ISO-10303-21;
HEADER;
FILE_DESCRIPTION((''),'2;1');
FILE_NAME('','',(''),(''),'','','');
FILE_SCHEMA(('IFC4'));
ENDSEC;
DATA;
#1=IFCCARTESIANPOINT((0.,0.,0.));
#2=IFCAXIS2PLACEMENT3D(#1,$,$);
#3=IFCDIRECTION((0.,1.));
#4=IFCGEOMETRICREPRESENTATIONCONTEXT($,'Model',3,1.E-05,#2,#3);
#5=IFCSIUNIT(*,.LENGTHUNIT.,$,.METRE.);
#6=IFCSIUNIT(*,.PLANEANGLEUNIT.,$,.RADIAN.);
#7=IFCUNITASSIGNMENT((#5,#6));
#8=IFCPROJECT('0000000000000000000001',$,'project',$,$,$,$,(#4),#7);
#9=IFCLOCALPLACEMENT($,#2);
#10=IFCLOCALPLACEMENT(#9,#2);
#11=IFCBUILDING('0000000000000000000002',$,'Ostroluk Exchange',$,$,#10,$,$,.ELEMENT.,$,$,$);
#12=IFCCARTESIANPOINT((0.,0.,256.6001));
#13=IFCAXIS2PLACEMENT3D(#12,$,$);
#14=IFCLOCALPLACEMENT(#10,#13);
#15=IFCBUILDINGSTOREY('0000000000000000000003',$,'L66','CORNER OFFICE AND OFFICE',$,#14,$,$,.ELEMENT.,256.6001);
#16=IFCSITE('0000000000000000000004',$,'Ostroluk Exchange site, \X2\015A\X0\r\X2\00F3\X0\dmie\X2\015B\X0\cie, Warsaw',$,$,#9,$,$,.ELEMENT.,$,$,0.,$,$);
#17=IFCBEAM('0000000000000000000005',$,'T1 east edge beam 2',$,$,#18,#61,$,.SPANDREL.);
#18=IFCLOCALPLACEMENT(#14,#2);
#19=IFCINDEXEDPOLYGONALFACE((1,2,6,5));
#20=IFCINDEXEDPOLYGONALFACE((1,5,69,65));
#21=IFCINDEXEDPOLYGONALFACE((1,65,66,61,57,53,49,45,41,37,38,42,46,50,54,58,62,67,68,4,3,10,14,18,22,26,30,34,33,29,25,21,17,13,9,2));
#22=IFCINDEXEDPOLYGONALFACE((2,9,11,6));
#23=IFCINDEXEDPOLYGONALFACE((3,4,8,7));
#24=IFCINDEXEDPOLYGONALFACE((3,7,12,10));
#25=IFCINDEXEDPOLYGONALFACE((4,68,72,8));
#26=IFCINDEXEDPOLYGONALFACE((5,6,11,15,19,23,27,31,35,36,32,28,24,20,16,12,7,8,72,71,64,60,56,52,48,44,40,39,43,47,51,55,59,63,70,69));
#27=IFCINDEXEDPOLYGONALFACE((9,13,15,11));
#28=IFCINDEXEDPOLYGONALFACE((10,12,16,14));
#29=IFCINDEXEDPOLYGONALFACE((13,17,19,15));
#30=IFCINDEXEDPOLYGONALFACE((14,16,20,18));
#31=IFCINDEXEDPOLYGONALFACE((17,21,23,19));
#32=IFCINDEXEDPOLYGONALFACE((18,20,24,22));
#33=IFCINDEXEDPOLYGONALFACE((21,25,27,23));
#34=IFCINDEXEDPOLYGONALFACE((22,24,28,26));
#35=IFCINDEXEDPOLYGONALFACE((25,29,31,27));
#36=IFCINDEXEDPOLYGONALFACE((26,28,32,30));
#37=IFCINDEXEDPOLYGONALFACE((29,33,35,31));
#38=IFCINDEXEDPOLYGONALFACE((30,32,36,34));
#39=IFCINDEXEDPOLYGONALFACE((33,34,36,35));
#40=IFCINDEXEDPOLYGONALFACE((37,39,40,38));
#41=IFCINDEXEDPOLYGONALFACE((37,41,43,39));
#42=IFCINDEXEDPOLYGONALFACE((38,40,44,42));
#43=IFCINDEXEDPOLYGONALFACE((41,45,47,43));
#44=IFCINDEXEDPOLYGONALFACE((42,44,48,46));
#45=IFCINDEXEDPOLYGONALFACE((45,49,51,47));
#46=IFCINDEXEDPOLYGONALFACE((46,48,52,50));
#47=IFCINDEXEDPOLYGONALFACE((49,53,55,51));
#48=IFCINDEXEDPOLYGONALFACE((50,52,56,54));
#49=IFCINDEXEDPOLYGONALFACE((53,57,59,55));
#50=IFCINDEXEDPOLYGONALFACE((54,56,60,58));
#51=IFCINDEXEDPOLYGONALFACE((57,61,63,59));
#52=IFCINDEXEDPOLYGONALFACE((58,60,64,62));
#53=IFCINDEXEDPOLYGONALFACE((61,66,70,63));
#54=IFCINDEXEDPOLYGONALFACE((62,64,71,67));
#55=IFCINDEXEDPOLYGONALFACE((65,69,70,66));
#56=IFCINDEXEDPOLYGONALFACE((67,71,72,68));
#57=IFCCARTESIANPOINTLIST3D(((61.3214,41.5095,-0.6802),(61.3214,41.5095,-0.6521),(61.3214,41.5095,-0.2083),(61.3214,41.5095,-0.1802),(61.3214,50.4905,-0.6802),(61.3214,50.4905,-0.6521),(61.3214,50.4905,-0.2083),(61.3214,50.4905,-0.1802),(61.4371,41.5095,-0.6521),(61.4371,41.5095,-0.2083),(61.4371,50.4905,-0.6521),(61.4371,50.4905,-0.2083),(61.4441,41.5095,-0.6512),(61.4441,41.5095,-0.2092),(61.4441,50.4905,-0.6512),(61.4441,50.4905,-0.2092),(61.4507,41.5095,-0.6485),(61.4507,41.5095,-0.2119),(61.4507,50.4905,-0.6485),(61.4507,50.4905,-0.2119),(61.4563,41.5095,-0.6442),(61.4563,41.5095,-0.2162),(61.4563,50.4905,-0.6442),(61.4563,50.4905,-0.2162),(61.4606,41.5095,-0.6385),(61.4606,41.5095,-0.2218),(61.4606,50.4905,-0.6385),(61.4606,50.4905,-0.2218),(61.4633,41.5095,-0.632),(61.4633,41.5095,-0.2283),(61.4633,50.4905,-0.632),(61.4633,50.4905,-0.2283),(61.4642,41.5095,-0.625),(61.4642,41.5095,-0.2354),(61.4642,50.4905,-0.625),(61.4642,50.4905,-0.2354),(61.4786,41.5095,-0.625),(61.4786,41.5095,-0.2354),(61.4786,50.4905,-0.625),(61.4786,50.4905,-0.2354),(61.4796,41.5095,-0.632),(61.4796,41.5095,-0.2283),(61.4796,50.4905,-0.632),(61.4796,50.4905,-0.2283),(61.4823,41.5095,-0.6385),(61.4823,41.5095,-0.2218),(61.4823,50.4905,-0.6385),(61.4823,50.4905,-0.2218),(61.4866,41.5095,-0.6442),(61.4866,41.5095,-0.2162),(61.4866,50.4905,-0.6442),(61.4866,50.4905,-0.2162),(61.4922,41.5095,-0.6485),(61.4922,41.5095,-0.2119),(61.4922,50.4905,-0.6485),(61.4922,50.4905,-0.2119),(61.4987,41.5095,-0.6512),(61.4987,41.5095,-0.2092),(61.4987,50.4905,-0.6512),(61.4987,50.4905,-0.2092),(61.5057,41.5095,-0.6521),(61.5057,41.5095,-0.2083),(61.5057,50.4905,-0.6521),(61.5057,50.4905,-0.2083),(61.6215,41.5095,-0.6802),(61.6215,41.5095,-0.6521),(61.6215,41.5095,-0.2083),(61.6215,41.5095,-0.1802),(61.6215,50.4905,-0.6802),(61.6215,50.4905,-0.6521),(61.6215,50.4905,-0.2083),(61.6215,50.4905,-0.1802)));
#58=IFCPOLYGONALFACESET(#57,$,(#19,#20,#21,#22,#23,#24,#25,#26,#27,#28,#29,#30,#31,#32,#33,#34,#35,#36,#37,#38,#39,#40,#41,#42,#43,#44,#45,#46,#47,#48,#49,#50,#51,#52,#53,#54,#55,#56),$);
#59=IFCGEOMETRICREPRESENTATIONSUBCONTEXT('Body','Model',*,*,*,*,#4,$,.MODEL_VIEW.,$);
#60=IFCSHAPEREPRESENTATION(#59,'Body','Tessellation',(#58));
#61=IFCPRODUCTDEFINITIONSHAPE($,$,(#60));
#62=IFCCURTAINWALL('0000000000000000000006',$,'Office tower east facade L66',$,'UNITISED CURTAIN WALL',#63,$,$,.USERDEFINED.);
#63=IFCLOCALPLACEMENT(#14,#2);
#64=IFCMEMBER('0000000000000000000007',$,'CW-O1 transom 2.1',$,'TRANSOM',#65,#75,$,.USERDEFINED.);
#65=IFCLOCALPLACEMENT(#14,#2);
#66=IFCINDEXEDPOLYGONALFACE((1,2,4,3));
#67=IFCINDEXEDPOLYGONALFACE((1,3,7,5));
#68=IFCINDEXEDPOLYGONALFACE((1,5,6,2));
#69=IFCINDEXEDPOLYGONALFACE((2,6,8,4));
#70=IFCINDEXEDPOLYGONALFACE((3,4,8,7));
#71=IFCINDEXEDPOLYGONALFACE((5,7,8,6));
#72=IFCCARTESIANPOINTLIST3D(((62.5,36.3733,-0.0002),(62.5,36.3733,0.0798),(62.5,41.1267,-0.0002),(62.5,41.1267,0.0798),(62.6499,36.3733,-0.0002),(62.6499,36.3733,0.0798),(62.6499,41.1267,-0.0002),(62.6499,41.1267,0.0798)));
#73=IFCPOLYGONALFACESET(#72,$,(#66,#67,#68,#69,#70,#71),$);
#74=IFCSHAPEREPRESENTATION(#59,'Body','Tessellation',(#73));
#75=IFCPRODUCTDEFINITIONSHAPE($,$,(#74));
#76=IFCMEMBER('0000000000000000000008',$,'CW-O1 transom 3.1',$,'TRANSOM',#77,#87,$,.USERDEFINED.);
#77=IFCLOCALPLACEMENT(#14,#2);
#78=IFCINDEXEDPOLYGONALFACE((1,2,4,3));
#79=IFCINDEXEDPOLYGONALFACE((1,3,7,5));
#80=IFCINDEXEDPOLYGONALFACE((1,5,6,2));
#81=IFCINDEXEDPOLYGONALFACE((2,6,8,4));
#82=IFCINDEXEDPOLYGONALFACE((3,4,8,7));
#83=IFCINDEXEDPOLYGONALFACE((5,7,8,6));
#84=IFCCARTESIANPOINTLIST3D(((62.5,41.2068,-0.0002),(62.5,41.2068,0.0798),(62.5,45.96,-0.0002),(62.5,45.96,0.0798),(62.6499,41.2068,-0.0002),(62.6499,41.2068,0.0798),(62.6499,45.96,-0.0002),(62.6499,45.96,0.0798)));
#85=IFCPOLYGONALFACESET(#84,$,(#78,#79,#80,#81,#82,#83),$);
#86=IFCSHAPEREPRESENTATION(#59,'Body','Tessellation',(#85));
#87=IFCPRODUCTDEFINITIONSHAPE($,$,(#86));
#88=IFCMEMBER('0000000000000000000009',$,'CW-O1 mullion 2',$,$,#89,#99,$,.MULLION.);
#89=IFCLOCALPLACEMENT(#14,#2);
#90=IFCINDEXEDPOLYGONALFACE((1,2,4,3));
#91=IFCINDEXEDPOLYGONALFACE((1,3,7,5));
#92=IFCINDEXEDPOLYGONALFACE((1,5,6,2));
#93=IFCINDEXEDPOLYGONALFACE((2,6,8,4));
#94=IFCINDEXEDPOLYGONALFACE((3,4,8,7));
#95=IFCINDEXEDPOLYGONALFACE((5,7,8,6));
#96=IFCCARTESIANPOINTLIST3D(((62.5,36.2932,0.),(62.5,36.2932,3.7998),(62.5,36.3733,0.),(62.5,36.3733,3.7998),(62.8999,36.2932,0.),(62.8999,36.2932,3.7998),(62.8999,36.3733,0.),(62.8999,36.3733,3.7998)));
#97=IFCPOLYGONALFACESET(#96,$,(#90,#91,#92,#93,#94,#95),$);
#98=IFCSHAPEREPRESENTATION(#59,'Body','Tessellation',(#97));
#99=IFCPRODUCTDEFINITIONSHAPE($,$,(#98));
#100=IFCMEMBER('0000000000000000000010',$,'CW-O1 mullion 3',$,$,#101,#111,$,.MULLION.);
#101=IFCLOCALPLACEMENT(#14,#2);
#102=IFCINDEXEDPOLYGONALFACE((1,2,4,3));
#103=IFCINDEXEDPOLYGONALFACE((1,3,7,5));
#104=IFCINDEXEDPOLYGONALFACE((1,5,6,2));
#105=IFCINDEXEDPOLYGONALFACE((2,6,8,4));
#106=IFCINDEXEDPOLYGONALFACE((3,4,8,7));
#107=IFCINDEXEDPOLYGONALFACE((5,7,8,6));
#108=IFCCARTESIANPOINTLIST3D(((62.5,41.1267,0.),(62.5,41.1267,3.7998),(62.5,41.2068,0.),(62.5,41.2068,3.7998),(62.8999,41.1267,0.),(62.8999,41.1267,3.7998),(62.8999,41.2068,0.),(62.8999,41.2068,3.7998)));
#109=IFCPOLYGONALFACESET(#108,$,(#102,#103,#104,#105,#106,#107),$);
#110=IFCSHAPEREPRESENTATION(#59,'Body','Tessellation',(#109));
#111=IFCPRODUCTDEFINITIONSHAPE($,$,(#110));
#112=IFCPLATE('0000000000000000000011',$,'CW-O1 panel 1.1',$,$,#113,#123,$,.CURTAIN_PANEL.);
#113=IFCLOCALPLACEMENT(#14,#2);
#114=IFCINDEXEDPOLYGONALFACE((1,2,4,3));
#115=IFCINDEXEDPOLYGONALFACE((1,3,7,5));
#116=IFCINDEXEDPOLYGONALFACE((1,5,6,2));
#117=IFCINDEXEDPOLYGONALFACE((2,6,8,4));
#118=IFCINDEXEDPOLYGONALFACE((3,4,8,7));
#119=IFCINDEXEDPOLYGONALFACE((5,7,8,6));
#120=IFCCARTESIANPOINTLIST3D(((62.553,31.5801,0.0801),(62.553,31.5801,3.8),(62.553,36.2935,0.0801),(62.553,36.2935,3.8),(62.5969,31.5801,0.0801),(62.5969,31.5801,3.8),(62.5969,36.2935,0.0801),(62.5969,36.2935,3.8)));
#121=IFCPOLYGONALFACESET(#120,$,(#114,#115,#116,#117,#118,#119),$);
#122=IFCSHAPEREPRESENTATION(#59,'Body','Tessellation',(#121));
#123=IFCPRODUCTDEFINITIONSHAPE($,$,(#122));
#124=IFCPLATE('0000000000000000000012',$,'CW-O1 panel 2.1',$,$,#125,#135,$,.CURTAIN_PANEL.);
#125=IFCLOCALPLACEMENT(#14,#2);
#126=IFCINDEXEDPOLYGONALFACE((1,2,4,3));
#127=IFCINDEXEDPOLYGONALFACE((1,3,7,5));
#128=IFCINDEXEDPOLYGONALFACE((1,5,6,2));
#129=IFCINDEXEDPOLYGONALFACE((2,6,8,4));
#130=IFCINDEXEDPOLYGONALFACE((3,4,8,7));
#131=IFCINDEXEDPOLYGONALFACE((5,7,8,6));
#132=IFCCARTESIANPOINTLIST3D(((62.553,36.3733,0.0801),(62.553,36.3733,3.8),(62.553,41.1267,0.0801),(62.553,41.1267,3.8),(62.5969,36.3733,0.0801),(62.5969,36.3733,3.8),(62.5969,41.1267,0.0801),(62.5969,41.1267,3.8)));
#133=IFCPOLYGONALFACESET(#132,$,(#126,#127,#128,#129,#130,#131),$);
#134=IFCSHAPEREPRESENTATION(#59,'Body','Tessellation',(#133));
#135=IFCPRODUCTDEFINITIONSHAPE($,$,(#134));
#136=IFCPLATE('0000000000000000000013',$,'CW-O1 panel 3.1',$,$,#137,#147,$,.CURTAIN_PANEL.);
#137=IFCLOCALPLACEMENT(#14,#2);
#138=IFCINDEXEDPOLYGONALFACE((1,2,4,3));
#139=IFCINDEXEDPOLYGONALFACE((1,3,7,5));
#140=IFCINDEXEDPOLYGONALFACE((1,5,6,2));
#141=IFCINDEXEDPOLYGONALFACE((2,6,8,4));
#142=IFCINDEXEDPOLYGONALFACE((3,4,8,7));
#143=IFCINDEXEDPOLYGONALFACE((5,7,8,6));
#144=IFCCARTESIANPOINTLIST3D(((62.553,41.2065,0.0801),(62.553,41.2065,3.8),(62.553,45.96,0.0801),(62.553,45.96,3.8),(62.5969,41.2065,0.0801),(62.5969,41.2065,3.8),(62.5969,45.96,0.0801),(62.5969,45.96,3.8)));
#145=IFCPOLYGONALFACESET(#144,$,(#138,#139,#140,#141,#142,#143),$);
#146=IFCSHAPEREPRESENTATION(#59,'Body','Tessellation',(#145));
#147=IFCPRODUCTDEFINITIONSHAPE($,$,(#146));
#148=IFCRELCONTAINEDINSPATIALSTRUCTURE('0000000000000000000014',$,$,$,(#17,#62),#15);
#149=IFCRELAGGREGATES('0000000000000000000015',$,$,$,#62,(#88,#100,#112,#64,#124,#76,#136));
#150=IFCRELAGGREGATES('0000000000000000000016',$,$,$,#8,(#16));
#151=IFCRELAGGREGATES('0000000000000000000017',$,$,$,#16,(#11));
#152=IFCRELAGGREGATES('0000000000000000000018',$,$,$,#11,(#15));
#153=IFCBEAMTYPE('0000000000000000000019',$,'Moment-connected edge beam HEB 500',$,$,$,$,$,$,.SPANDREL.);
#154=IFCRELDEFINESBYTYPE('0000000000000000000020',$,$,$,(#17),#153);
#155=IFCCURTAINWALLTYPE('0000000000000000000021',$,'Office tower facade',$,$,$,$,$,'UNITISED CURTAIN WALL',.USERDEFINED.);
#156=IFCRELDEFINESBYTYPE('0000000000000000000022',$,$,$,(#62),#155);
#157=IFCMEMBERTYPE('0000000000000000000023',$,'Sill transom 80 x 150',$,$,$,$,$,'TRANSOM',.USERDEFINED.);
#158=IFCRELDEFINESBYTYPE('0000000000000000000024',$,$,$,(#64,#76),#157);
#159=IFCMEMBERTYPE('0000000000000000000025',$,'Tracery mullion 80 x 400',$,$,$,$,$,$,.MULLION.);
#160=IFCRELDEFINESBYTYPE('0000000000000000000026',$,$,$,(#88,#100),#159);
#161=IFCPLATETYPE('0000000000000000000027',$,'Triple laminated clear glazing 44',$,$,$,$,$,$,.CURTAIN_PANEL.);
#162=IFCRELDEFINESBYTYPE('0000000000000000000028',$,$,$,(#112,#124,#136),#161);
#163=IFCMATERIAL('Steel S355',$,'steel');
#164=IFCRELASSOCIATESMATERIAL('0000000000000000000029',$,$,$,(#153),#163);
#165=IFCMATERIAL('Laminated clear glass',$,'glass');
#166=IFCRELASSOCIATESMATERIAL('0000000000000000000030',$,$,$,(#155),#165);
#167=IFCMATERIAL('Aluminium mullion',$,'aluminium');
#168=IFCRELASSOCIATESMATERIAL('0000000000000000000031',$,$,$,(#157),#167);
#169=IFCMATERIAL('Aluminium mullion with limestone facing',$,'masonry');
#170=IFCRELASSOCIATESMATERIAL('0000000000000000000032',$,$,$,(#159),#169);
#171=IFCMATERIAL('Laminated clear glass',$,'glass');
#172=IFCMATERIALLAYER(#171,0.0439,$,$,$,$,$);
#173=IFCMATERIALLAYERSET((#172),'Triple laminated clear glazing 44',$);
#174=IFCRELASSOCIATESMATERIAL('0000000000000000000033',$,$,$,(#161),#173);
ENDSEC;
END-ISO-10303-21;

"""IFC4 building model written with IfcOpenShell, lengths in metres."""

from ifc_helpers import new_model, si_unit, direction, frame, origin, origin_2d, place, context, subcontext, project, spatial, rectangle, i_section, extrude, material, layer, layer_set, material_profile, profile_set, type_object, element, aggregate, save


model = new_model("IFC4")

# Units and contexts
model_context = context("Model", 3, precision=1e-05, world=origin(), true_north=direction((0.0, 1.0)))
body_context = subcontext(model_context, "Body", "Model", "MODEL_VIEW")
ifc_project = project(units=[si_unit("LENGTHUNIT", "METRE"), si_unit("PLANEANGLEUNIT", "RADIAN")], contexts=[model_context])

# Site, building, storey
site_placement = place(None, origin())
site = spatial("IfcSite", under=ifc_project, at=site_placement, Name="Ostroluk Exchange site, Śródmieście, Warsaw", CompositionType="ELEMENT", RefElevation=0.0)
building_placement = place(site_placement, origin())
building = spatial("IfcBuilding", under=site, at=building_placement, Name="Ostroluk Exchange", CompositionType="ELEMENT")
storey_placement = place(building_placement, frame((0.0, 0.0, 256.6001)))
storey = spatial("IfcBuildingStorey", under=building, at=storey_placement, Name="L66", Description="CORNER OFFICE AND OFFICE", CompositionType="ELEMENT", Elevation=256.6001)

# Beam
ifc_material_1 = material(Name="Steel S355", Category="steel")
ifc_material_profile_1 = material_profile(ifc_material_1, i_section(OverallWidth=0.3, OverallDepth=0.5, WebThickness=0.0144, FlangeThickness=0.0281, FilletRadius=0.0271, at=origin_2d()), Name="HEB 500")
ifc_profile_set_1 = profile_set([ifc_material_profile_1], Name="Steel S355")
beam_type_1 = type_object("IfcBeamType", Name="Moment-connected edge beam HEB 500", PredefinedType="SPANDREL", material=ifc_profile_set_1)
beam_1_placement = place(storey_placement, frame((61.4714, 41.5095, -0.4302), z_axis=(0.0, 1.0, 0.0), x_axis=(-1.0, 0.0, 0.0)))
element("IfcBeam", 1, at=beam_1_placement, inside=storey, type_object=beam_type_1, Name="T1 east edge beam 2", PredefinedType="SPANDREL", context=body_context, shape_type="SweptSolid", body=[
    extrude(i_section(OverallWidth=0.3, OverallDepth=0.5, WebThickness=0.0144, FlangeThickness=0.0281, FilletRadius=0.0271, at=origin_2d()), origin(), (0.0, 0.0, 1.0), 8.981),
])

# Curtain wall, members, plates
ifc_material_2 = material(Name="Laminated clear glass", Category="glass")
curtain_wall_type = type_object("IfcCurtainWallType", Name="Office tower facade", ElementType="UNITISED CURTAIN WALL", PredefinedType="USERDEFINED", material=ifc_material_2)
curtain_wall_placement = place(storey_placement, origin())
curtain_wall = element("IfcCurtainWall", 2, at=curtain_wall_placement, inside=storey, type_object=curtain_wall_type, Name="Office tower east facade L66", ObjectType="UNITISED CURTAIN WALL", PredefinedType="USERDEFINED")
ifc_material_3 = material(Name="Aluminium mullion", Category="aluminium")
ifc_material_profile_2 = material_profile(ifc_material_3, rectangle(XDim=0.1499, YDim=0.0801, at=origin_2d()), Name="Sill transom 80 x 150")
ifc_profile_set_2 = profile_set([ifc_material_profile_2], Name="Aluminium mullion")
member_type_1 = type_object("IfcMemberType", Name="Sill transom 80 x 150", ElementType="TRANSOM", PredefinedType="USERDEFINED", material=ifc_profile_set_2)
member_1_placement = place(storey_placement, frame((62.575, 36.3733, 0.0398), z_axis=(0.0, 1.0, 0.0), x_axis=(-1.0, 0.0, 0.0)))
member_1 = element("IfcMember", 3, at=member_1_placement, type_object=member_type_1, Name="CW-O1 transom 2.1", ObjectType="TRANSOM", PredefinedType="USERDEFINED", context=body_context, shape_type="SweptSolid", body=[
    extrude(rectangle(XDim=0.1499, YDim=0.0801, at=origin_2d()), origin(), (0.0, 0.0, 1.0), 4.7534),
])
member_2_placement = place(storey_placement, frame((62.575, 41.2068, 0.0398), z_axis=(0.0, 1.0, 0.0), x_axis=(-1.0, 0.0, 0.0)))
member_2 = element("IfcMember", 4, at=member_2_placement, type_object=member_type_1, Name="CW-O1 transom 3.1", ObjectType="TRANSOM", PredefinedType="USERDEFINED", context=body_context, shape_type="SweptSolid", body=[
    extrude(rectangle(XDim=0.1499, YDim=0.0801, at=origin_2d()), origin(), (0.0, 0.0, 1.0), 4.7532),
])
ifc_material_4 = material(Name="Aluminium mullion with limestone facing", Category="masonry")
ifc_material_profile_3 = material_profile(ifc_material_4, rectangle(XDim=0.3999, YDim=0.0801, at=origin_2d()), Name="Tracery mullion 80 x 400")
ifc_profile_set_3 = profile_set([ifc_material_profile_3], Name="Aluminium mullion with limestone facing")
member_type_2 = type_object("IfcMemberType", Name="Tracery mullion 80 x 400", PredefinedType="MULLION", material=ifc_profile_set_3)
member_3_placement = place(storey_placement, frame((62.7, 36.3333, 0.0), z_axis=(0.0, 0.0, 1.0), x_axis=(-1.0, 0.0, 0.0)))
member_3 = element("IfcMember", 5, at=member_3_placement, type_object=member_type_2, Name="CW-O1 mullion 2", PredefinedType="MULLION", context=body_context, shape_type="SweptSolid", body=[
    extrude(rectangle(XDim=0.3999, YDim=0.0801, at=origin_2d()), origin(), (0.0, 0.0, 1.0), 3.7998),
])
member_4_placement = place(storey_placement, frame((62.7, 41.1667, 0.0), z_axis=(0.0, 0.0, 1.0), x_axis=(-1.0, 0.0, 0.0)))
member_4 = element("IfcMember", 6, at=member_4_placement, type_object=member_type_2, Name="CW-O1 mullion 3", PredefinedType="MULLION", context=body_context, shape_type="SweptSolid", body=[
    extrude(rectangle(XDim=0.3999, YDim=0.0801, at=origin_2d()), origin(), (0.0, 0.0, 1.0), 3.7998),
])
ifc_material_5 = material(Name="Laminated clear glass", Category="glass")
ifc_layer_1 = layer(ifc_material_5, 0.0439)
ifc_layer_set_1 = layer_set([ifc_layer_1], Name="Triple laminated clear glazing 44")
plate_type = type_object("IfcPlateType", Name="Triple laminated clear glazing 44", PredefinedType="CURTAIN_PANEL", material=ifc_layer_set_1)
plate_1_placement = place(storey_placement, frame((62.575, 33.9368, 0.0801), z_axis=(0.0, 0.0, 1.0), x_axis=(0.0, 1.0, 0.0)))
plate_1 = element("IfcPlate", 7, at=plate_1_placement, type_object=plate_type, Name="CW-O1 panel 1.1", PredefinedType="CURTAIN_PANEL", context=body_context, shape_type="SweptSolid", body=[
    extrude(rectangle(XDim=4.7134, YDim=0.0439, at=origin_2d()), origin(), (0.0, 0.0, 1.0), 3.72),
])
plate_2_placement = place(storey_placement, frame((62.575, 38.75, 0.0801), z_axis=(0.0, 0.0, 1.0), x_axis=(0.0, 1.0, 0.0)))
plate_2 = element("IfcPlate", 8, at=plate_2_placement, type_object=plate_type, Name="CW-O1 panel 2.1", PredefinedType="CURTAIN_PANEL", context=body_context, shape_type="SweptSolid", body=[
    extrude(rectangle(XDim=4.7534, YDim=0.0439, at=origin_2d()), origin(), (0.0, 0.0, 1.0), 3.72),
])
plate_3_placement = place(storey_placement, frame((62.575, 43.5833, 0.0801), z_axis=(0.0, 0.0, 1.0), x_axis=(0.0, 1.0, 0.0)))
plate_3 = element("IfcPlate", 9, at=plate_3_placement, type_object=plate_type, Name="CW-O1 panel 3.1", PredefinedType="CURTAIN_PANEL", context=body_context, shape_type="SweptSolid", body=[
    extrude(rectangle(XDim=4.7534, YDim=0.0439, at=origin_2d()), origin(), (0.0, 0.0, 1.0), 3.72),
])
aggregate(curtain_wall, [member_3, member_4, plate_1, member_1, plate_2, member_2, plate_3])

save(model, "model.ifc")
